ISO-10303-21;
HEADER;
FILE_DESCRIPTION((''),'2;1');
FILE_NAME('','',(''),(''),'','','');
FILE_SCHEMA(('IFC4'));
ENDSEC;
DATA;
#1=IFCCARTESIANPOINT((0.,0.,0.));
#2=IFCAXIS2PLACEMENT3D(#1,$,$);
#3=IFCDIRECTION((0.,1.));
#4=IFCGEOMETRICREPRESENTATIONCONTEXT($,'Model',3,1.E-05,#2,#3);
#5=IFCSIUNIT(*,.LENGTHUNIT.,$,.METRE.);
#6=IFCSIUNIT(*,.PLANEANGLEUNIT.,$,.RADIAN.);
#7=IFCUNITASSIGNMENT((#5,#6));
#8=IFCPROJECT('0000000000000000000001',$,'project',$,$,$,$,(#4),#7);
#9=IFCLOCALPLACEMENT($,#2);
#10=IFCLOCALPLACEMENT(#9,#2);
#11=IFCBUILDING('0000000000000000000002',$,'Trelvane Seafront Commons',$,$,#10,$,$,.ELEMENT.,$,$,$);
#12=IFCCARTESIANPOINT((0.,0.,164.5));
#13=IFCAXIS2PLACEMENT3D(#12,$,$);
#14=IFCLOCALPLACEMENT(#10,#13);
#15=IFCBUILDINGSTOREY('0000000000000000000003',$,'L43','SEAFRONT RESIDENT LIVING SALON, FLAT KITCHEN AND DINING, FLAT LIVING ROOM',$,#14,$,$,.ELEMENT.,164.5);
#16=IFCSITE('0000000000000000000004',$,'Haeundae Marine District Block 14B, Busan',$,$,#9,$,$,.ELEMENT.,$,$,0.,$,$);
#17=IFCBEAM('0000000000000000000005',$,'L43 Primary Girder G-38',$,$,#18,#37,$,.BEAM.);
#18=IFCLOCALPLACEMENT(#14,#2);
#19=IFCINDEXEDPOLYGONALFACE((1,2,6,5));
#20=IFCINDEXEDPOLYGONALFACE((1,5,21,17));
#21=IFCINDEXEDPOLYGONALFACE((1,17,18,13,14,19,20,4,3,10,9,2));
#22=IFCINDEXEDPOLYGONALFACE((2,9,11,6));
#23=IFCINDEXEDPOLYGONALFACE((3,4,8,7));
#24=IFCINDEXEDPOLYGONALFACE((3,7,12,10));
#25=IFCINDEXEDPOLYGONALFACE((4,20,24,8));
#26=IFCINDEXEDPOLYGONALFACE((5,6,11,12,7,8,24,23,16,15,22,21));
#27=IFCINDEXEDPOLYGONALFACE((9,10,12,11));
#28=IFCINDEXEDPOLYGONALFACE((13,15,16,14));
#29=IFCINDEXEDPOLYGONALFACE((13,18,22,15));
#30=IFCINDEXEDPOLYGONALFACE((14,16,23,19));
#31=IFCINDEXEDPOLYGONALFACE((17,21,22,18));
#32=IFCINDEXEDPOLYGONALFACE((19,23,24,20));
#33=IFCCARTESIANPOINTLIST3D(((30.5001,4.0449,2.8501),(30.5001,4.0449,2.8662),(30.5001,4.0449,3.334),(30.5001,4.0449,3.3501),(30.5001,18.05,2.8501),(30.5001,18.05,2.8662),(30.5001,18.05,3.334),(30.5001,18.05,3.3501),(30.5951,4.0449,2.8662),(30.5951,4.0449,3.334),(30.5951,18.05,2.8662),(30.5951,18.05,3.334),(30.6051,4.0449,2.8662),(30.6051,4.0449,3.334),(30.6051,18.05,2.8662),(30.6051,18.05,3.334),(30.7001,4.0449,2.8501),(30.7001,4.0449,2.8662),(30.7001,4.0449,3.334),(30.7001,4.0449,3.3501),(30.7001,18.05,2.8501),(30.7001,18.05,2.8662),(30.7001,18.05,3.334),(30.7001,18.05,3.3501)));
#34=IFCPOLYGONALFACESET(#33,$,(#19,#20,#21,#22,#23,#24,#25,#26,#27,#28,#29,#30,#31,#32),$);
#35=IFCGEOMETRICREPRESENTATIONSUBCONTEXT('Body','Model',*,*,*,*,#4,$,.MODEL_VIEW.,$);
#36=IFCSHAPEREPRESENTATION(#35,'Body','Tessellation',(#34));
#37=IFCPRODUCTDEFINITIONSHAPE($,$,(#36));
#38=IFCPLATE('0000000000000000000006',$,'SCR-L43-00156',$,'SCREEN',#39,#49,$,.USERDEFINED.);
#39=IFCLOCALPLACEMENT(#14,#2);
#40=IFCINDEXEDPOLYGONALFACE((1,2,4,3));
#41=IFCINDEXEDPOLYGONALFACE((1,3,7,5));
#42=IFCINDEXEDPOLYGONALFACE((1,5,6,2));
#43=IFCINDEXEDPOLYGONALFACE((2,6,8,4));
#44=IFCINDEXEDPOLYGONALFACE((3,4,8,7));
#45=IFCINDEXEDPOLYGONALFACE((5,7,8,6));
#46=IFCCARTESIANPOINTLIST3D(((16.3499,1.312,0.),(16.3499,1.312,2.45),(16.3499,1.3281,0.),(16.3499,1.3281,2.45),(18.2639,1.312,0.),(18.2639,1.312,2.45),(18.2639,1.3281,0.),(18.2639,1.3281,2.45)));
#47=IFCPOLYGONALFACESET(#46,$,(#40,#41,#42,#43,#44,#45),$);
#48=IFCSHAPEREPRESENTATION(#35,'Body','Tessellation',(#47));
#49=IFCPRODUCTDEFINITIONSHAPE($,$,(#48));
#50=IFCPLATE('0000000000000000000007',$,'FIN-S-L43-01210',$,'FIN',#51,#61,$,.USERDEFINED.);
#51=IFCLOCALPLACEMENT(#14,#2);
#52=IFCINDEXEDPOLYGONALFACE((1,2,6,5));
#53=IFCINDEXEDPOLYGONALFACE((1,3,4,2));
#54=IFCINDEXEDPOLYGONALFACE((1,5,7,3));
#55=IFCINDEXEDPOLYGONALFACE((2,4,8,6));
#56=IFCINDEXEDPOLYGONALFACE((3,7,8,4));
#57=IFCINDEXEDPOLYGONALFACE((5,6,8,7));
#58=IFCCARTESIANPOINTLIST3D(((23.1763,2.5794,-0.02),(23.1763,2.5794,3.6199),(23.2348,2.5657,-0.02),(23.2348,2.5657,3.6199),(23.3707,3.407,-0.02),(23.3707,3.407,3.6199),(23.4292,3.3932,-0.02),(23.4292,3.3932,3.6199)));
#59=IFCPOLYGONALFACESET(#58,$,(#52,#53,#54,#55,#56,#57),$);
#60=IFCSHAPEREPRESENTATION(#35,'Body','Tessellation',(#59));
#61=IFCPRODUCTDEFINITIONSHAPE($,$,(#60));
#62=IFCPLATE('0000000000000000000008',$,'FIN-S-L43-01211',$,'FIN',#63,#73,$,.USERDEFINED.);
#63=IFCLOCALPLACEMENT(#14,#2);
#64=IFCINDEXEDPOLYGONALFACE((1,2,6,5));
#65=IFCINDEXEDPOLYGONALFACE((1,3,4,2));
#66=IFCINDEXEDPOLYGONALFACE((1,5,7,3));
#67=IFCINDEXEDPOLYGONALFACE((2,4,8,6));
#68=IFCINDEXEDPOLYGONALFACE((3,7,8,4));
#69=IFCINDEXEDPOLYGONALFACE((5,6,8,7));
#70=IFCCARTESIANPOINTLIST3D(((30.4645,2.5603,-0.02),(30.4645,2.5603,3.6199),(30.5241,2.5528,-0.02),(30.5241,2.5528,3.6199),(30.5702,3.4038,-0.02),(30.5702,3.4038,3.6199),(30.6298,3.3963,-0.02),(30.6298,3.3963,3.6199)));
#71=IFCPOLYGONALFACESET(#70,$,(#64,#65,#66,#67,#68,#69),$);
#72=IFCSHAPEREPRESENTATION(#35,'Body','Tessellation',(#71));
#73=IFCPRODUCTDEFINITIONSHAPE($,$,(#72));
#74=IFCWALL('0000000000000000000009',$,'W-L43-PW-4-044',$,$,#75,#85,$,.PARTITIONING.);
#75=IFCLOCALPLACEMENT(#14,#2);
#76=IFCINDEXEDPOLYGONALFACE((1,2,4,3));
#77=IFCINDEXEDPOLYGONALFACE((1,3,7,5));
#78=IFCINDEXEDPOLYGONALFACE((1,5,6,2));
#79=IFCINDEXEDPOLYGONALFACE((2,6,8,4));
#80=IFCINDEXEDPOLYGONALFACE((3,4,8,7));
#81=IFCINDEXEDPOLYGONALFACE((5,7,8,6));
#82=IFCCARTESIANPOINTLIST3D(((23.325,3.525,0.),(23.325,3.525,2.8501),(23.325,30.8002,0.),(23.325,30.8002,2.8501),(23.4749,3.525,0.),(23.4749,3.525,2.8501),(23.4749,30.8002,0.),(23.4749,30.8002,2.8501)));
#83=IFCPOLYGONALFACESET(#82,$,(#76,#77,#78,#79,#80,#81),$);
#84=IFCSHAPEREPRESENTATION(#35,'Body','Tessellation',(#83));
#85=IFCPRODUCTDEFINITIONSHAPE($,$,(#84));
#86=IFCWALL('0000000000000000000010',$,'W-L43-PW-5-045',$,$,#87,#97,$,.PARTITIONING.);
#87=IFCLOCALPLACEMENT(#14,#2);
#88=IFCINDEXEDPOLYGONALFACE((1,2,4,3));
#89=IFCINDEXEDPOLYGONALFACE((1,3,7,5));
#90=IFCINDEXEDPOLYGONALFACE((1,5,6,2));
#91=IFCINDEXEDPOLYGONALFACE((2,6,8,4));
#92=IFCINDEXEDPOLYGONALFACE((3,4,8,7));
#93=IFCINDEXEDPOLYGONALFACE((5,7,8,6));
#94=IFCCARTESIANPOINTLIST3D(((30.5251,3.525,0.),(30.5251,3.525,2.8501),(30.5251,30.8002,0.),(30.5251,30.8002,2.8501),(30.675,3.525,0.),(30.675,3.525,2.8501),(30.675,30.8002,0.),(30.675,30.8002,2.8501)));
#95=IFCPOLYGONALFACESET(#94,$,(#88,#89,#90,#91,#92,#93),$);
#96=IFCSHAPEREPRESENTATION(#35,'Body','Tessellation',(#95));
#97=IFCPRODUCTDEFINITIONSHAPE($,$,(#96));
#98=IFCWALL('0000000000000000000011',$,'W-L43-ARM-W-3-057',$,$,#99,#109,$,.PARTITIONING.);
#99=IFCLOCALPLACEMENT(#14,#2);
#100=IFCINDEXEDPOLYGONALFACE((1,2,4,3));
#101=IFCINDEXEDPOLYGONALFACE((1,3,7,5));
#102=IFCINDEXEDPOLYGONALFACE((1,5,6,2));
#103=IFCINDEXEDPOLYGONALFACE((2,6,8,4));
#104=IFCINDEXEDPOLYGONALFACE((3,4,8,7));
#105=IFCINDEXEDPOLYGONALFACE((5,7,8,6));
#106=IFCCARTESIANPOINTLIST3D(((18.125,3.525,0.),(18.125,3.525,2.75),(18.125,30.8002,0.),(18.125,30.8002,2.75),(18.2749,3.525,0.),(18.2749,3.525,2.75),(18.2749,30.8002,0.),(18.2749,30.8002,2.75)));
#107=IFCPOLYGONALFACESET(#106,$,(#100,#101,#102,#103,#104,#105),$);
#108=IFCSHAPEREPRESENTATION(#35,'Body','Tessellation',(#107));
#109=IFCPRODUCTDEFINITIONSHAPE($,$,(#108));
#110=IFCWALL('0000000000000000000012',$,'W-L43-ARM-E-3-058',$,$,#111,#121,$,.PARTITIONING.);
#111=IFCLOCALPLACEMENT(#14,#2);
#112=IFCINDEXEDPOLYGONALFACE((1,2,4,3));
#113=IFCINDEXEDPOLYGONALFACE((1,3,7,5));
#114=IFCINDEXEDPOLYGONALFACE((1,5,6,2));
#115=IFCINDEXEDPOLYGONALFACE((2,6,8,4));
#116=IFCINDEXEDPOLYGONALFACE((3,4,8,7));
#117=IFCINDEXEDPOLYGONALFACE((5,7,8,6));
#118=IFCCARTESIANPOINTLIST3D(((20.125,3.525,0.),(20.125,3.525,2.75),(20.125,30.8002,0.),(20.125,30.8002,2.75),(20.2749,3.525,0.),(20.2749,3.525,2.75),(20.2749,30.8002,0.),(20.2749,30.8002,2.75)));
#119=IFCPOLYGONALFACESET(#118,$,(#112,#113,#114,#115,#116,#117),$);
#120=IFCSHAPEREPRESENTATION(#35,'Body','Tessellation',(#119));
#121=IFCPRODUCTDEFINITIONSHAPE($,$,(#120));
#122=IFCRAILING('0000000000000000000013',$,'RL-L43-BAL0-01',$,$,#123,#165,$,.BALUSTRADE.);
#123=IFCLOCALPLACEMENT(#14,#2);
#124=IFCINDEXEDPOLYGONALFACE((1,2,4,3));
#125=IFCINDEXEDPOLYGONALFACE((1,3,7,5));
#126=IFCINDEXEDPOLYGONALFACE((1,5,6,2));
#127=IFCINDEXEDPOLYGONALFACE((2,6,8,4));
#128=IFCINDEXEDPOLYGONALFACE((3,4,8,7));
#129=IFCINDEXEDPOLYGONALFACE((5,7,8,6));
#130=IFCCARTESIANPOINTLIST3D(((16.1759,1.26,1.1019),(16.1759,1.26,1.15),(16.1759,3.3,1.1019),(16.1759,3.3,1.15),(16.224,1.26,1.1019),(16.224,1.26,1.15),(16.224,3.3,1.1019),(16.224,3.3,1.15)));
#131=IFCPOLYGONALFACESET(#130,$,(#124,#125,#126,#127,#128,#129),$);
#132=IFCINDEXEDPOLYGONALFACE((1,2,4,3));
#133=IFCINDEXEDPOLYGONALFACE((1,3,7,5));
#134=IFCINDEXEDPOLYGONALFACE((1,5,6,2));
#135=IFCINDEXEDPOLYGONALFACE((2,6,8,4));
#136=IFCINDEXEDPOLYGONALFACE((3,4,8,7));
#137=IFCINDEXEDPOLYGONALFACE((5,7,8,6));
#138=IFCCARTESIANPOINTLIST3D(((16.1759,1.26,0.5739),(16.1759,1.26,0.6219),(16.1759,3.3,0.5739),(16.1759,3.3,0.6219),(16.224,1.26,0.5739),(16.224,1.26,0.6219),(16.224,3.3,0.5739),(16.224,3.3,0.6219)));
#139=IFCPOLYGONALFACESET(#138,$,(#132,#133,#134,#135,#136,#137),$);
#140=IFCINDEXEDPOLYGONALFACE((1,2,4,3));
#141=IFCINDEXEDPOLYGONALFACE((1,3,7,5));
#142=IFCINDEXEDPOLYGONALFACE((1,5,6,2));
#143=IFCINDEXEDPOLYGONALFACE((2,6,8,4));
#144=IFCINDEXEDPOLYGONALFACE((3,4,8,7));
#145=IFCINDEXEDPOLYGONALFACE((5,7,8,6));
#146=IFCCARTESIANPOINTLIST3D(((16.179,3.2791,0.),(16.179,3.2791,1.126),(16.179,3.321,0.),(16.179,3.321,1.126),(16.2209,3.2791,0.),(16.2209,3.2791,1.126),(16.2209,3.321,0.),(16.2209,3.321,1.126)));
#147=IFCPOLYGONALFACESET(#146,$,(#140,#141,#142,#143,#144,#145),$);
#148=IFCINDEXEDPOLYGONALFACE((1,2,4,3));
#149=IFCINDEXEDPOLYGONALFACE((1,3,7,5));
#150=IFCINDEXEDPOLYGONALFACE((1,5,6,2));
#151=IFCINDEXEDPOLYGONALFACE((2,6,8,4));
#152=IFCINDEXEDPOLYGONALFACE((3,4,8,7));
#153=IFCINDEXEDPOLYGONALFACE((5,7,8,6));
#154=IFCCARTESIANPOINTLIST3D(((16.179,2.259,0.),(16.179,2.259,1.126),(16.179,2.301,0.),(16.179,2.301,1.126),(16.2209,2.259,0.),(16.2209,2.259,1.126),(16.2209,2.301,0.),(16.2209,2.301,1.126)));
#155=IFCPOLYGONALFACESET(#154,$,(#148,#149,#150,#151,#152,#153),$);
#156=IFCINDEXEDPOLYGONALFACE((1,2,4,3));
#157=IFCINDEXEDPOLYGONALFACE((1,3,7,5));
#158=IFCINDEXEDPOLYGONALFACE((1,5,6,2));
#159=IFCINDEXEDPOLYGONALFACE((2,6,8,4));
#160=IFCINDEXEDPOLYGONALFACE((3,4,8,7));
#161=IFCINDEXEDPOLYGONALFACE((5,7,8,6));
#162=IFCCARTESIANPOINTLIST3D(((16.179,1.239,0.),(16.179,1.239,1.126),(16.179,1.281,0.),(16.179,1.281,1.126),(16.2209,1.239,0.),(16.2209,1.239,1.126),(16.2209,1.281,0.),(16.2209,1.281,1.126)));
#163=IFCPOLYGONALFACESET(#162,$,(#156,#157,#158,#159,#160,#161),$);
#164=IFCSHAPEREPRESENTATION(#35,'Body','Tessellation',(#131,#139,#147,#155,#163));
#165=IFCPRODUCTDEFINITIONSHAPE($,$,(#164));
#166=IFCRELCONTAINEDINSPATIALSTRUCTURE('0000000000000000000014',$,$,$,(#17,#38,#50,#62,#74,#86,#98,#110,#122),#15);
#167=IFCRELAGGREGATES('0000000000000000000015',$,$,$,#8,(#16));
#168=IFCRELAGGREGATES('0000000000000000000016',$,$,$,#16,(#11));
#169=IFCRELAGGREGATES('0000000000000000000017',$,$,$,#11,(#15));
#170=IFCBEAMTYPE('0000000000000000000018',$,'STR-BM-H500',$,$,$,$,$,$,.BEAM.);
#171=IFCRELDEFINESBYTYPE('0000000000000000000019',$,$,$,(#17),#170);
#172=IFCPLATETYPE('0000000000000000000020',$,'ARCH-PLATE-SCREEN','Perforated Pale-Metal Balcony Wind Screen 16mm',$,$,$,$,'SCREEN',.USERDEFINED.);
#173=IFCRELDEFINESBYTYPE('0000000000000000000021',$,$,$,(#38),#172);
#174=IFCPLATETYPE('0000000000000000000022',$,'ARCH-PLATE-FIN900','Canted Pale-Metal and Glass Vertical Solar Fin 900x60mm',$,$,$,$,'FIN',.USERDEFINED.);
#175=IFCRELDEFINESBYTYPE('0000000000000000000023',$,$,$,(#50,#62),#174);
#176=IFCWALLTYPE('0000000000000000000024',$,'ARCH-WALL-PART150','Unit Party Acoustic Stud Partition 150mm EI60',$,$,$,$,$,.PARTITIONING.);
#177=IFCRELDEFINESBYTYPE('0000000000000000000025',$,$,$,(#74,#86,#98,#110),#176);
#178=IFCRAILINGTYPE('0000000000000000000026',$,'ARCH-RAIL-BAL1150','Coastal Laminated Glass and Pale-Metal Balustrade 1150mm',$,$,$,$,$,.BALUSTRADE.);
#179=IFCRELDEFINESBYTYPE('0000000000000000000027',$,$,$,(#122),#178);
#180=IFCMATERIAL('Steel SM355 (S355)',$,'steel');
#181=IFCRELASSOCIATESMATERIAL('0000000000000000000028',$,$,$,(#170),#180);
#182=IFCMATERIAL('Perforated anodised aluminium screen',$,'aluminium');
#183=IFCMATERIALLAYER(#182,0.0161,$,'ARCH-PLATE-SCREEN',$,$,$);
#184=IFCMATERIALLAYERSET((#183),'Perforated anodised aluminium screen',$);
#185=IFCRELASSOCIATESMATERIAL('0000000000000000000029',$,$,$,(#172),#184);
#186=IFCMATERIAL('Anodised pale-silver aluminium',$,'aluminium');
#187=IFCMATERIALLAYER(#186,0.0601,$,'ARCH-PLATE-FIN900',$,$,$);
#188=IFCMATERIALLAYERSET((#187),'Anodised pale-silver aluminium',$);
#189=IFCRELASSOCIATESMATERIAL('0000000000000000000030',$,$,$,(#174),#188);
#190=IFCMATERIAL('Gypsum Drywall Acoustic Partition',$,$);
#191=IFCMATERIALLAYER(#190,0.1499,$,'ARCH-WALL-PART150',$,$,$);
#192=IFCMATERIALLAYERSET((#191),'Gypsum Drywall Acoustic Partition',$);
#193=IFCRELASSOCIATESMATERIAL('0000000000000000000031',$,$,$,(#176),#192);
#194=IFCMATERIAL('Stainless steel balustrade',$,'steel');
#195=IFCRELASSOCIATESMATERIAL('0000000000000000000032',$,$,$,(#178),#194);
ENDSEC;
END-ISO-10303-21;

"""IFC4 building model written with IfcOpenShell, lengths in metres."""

from ifc_helpers import new_model, si_unit, direction, frame, frame_2d, origin, origin_2d, place, context, subcontext, project, spatial, rectangle, i_section, extrude, source, transform, mapped, material, layer, layer_set, material_profile, profile_set, type_object, element, save


model = new_model("IFC4")

# Units and contexts
model_context = context("Model", 3, precision=1e-05, world=origin(), true_north=direction((0.0, 1.0)))
body_context = subcontext(model_context, "Body", "Model", "MODEL_VIEW")
ifc_project = project(units=[si_unit("LENGTHUNIT", "METRE"), si_unit("PLANEANGLEUNIT", "RADIAN")], contexts=[model_context])

# Site, building, storey
site_placement = place(None, origin())
site = spatial("IfcSite", under=ifc_project, at=site_placement, Name="Haeundae Marine District Block 14B, Busan", CompositionType="ELEMENT", RefElevation=0.0)
building_placement = place(site_placement, origin())
building = spatial("IfcBuilding", under=site, at=building_placement, Name="Trelvane Seafront Commons", CompositionType="ELEMENT")
storey_placement = place(building_placement, frame((0.0, 0.0, 164.5)))
storey = spatial("IfcBuildingStorey", under=building, at=storey_placement, Name="L43", Description="SEAFRONT RESIDENT LIVING SALON, FLAT KITCHEN AND DINING, FLAT LIVING ROOM", CompositionType="ELEMENT", Elevation=164.5)

# Shared definitions
ifc_material_1 = material(Name="Steel SM355 (S355)", Category="steel")

# Beam
ifc_material_profile_1 = material_profile(ifc_material_1, i_section(OverallWidth=0.2, OverallDepth=0.5, WebThickness=0.01, FlangeThickness=0.0161, at=origin_2d()), Name="H-500x200x10x16")
ifc_profile_set_1 = profile_set([ifc_material_profile_1], Name="Steel SM355 (S355)")
beam_type_1 = type_object("IfcBeamType", Name="STR-BM-H500", PredefinedType="BEAM", material=ifc_profile_set_1)
shared_shape_1 = source(origin(), body_context, "Body", "SweptSolid", [
    extrude(i_section(OverallWidth=0.2, OverallDepth=0.5, WebThickness=0.01, FlangeThickness=0.0161, at=origin_2d()), origin(), (0.0, 0.0, 1.0), 14.0051),
])
beam_1_placement = place(storey_placement, frame((30.6001, 4.0449, 3.1001), z_axis=(0.0, 1.0, 0.0), x_axis=(-1.0, 0.0, 0.0)))
element("IfcBeam", 1, at=beam_1_placement, inside=storey, type_object=beam_type_1, Name="L43 Primary Girder G-38", PredefinedType="BEAM", context=body_context, shape_type="MappedRepresentation", body=[
    mapped(shared_shape_1, transform((0.0, 0.0, 0.0), x_axis=(1.0, 0.0, 0.0), y_axis=(0.0, 1.0, 0.0), z_axis=(0.0, 0.0, 1.0), scale=1.0)),
])

# Plates
ifc_material_2 = material(Name="Perforated anodised aluminium screen", Category="aluminium")
ifc_layer_1 = layer(ifc_material_2, 0.0161, Name="ARCH-PLATE-SCREEN")
ifc_layer_set_1 = layer_set([ifc_layer_1], Name="Perforated anodised aluminium screen")
plate_type_1 = type_object("IfcPlateType", Name="ARCH-PLATE-SCREEN", Description="Perforated Pale-Metal Balcony Wind Screen 16mm", ElementType="SCREEN", PredefinedType="USERDEFINED", material=ifc_layer_set_1)
shared_shape_2 = source(origin(), body_context, "Body", "SweptSolid", [
    extrude(rectangle(XDim=1.9141, YDim=0.0161, at=origin_2d()), origin(), (0.0, 0.0, 1.0), 2.45),
])
plate_placement = place(storey_placement, frame((17.3069, 1.3201, 0.0), z_axis=(0.0, 0.0, 1.0), x_axis=(1.0, 0.0, 0.0)))
element("IfcPlate", 2, at=plate_placement, inside=storey, type_object=plate_type_1, Name="SCR-L43-00156", ObjectType="SCREEN", PredefinedType="USERDEFINED", context=body_context, shape_type="MappedRepresentation", body=[
    mapped(shared_shape_2, transform((0.0, 0.0, 0.0), x_axis=(1.0, 0.0, 0.0), y_axis=(0.0, 1.0, 0.0), z_axis=(0.0, 0.0, 1.0), scale=1.0)),
])
ifc_material_3 = material(Name="Anodised pale-silver aluminium", Category="aluminium")
ifc_layer_2 = layer(ifc_material_3, 0.0601, Name="ARCH-PLATE-FIN900")
ifc_layer_set_2 = layer_set([ifc_layer_2], Name="Anodised pale-silver aluminium")
plate_type_2 = type_object("IfcPlateType", Name="ARCH-PLATE-FIN900", Description="Canted Pale-Metal and Glass Vertical Solar Fin 900x60mm", ElementType="FIN", PredefinedType="USERDEFINED", material=ifc_layer_set_2)
shared_shape_3 = source(origin(), body_context, "Body", "SweptSolid", [
    extrude(rectangle(XDim=0.8501, YDim=0.0601, at=origin_2d()), origin(), (0.0, 0.0, 1.0), 3.6399),
])
for number, where, z_axis, x_axis, name in (
    (3, (23.3027, 2.9863, -0.02), (0.0, 0.0, 1.0), (-0.228699, -0.973497, 0.0), "FIN-S-L43-01210"),
    (4, (30.5471, 2.9783, -0.02), (0.0, 0.0, 1.0), (-0.124353, -0.992238, 0.0), "FIN-S-L43-01211"),
):
    element("IfcPlate", number, at=place(storey_placement, frame(where, z_axis=z_axis, x_axis=x_axis)), inside=storey, type_object=plate_type_2, Name=name, ObjectType="FIN", PredefinedType="USERDEFINED", context=body_context, shape_type="MappedRepresentation", body=[
        mapped(shared_shape_3, transform((0.0, 0.0, 0.0), x_axis=(1.0, 0.0, 0.0), y_axis=(0.0, 1.0, 0.0), z_axis=(0.0, 0.0, 1.0), scale=1.0)),
    ])

# Shared definitions
ifc_material_4 = material(Name="Gypsum Drywall Acoustic Partition")

# Walls
ifc_layer_3 = layer(ifc_material_4, 0.1499, Name="ARCH-WALL-PART150")
ifc_layer_set_3 = layer_set([ifc_layer_3], Name="Gypsum Drywall Acoustic Partition")
wall_type_1 = type_object("IfcWallType", Name="ARCH-WALL-PART150", Description="Unit Party Acoustic Stud Partition 150mm EI60", PredefinedType="PARTITIONING", material=ifc_layer_set_3)
for number, where, z_axis, x_axis, name in (
    (5, (23.3999, 3.5249, 0.0), (0.0, 0.0, 1.0), (0.0, 1.0, 0.0), "W-L43-PW-4-044"),
    (6, (30.6001, 3.5249, 0.0), (0.0, 0.0, 1.0), (0.0, 1.0, 0.0), "W-L43-PW-5-045"),
):
    element("IfcWall", number, at=place(storey_placement, frame(where, z_axis=z_axis, x_axis=x_axis)), inside=storey, type_object=wall_type_1, Name=name, PredefinedType="PARTITIONING", context=body_context, shape_type="SweptSolid", body=[
        extrude(rectangle(XDim=27.2751, YDim=0.1499, at=frame_2d((13.6377, 0.0))), origin(), (0.0, 0.0, 1.0), 2.8501),
    ])
for number, where, z_axis, x_axis, name in (
    (7, (18.2, 3.5249, 0.0), (0.0, 0.0, 1.0), (0.0, 1.0, 0.0), "W-L43-ARM-W-3-057"),
    (8, (20.2, 3.5249, 0.0), (0.0, 0.0, 1.0), (0.0, 1.0, 0.0), "W-L43-ARM-E-3-058"),
):
    element("IfcWall", number, at=place(storey_placement, frame(where, z_axis=z_axis, x_axis=x_axis)), inside=storey, type_object=wall_type_1, Name=name, PredefinedType="PARTITIONING", context=body_context, shape_type="SweptSolid", body=[
        extrude(rectangle(XDim=27.2751, YDim=0.1499, at=frame_2d((13.6377, 0.0))), origin(), (0.0, 0.0, 1.0), 2.75),
    ])

# Railing
ifc_material_5 = material(Name="Stainless steel balustrade", Category="steel")
railing_type = type_object("IfcRailingType", Name="ARCH-RAIL-BAL1150", Description="Coastal Laminated Glass and Pale-Metal Balustrade 1150mm", PredefinedType="BALUSTRADE", material=ifc_material_5)
railing_1_placement = place(storey_placement, frame((16.2, 3.3, 0.0)))
element("IfcRailing", 9, at=railing_1_placement, inside=storey, type_object=railing_type, Name="RL-L43-BAL0-01", PredefinedType="BALUSTRADE", context=body_context, shape_type="SweptSolid", body=[
    extrude(rectangle(XDim=0.0481, YDim=0.0481, at=origin_2d()), frame((0.0, 0.0, 1.126), z_axis=(0.0, -1.0, 0.0), x_axis=(1.0, 0.0, 0.0)), (0.0, 0.0, 1.0), 2.04),
    extrude(rectangle(XDim=0.0481, YDim=0.0481, at=origin_2d()), frame((0.0, 0.0, 0.5979), z_axis=(0.0, -1.0, 0.0), x_axis=(1.0, 0.0, 0.0)), (0.0, 0.0, 1.0), 2.04),
    extrude(rectangle(XDim=0.042, YDim=0.042, at=origin_2d()), origin(), (0.0, 0.0, 1.0), 1.126),
    extrude(rectangle(XDim=0.042, YDim=0.042, at=origin_2d()), frame((0.0, -1.02, 0.0)), (0.0, 0.0, 1.0), 1.126),
    extrude(rectangle(XDim=0.042, YDim=0.042, at=origin_2d()), frame((0.0, -2.04, 0.0)), (0.0, 0.0, 1.0), 1.126),
])

save(model, "model.ifc")
